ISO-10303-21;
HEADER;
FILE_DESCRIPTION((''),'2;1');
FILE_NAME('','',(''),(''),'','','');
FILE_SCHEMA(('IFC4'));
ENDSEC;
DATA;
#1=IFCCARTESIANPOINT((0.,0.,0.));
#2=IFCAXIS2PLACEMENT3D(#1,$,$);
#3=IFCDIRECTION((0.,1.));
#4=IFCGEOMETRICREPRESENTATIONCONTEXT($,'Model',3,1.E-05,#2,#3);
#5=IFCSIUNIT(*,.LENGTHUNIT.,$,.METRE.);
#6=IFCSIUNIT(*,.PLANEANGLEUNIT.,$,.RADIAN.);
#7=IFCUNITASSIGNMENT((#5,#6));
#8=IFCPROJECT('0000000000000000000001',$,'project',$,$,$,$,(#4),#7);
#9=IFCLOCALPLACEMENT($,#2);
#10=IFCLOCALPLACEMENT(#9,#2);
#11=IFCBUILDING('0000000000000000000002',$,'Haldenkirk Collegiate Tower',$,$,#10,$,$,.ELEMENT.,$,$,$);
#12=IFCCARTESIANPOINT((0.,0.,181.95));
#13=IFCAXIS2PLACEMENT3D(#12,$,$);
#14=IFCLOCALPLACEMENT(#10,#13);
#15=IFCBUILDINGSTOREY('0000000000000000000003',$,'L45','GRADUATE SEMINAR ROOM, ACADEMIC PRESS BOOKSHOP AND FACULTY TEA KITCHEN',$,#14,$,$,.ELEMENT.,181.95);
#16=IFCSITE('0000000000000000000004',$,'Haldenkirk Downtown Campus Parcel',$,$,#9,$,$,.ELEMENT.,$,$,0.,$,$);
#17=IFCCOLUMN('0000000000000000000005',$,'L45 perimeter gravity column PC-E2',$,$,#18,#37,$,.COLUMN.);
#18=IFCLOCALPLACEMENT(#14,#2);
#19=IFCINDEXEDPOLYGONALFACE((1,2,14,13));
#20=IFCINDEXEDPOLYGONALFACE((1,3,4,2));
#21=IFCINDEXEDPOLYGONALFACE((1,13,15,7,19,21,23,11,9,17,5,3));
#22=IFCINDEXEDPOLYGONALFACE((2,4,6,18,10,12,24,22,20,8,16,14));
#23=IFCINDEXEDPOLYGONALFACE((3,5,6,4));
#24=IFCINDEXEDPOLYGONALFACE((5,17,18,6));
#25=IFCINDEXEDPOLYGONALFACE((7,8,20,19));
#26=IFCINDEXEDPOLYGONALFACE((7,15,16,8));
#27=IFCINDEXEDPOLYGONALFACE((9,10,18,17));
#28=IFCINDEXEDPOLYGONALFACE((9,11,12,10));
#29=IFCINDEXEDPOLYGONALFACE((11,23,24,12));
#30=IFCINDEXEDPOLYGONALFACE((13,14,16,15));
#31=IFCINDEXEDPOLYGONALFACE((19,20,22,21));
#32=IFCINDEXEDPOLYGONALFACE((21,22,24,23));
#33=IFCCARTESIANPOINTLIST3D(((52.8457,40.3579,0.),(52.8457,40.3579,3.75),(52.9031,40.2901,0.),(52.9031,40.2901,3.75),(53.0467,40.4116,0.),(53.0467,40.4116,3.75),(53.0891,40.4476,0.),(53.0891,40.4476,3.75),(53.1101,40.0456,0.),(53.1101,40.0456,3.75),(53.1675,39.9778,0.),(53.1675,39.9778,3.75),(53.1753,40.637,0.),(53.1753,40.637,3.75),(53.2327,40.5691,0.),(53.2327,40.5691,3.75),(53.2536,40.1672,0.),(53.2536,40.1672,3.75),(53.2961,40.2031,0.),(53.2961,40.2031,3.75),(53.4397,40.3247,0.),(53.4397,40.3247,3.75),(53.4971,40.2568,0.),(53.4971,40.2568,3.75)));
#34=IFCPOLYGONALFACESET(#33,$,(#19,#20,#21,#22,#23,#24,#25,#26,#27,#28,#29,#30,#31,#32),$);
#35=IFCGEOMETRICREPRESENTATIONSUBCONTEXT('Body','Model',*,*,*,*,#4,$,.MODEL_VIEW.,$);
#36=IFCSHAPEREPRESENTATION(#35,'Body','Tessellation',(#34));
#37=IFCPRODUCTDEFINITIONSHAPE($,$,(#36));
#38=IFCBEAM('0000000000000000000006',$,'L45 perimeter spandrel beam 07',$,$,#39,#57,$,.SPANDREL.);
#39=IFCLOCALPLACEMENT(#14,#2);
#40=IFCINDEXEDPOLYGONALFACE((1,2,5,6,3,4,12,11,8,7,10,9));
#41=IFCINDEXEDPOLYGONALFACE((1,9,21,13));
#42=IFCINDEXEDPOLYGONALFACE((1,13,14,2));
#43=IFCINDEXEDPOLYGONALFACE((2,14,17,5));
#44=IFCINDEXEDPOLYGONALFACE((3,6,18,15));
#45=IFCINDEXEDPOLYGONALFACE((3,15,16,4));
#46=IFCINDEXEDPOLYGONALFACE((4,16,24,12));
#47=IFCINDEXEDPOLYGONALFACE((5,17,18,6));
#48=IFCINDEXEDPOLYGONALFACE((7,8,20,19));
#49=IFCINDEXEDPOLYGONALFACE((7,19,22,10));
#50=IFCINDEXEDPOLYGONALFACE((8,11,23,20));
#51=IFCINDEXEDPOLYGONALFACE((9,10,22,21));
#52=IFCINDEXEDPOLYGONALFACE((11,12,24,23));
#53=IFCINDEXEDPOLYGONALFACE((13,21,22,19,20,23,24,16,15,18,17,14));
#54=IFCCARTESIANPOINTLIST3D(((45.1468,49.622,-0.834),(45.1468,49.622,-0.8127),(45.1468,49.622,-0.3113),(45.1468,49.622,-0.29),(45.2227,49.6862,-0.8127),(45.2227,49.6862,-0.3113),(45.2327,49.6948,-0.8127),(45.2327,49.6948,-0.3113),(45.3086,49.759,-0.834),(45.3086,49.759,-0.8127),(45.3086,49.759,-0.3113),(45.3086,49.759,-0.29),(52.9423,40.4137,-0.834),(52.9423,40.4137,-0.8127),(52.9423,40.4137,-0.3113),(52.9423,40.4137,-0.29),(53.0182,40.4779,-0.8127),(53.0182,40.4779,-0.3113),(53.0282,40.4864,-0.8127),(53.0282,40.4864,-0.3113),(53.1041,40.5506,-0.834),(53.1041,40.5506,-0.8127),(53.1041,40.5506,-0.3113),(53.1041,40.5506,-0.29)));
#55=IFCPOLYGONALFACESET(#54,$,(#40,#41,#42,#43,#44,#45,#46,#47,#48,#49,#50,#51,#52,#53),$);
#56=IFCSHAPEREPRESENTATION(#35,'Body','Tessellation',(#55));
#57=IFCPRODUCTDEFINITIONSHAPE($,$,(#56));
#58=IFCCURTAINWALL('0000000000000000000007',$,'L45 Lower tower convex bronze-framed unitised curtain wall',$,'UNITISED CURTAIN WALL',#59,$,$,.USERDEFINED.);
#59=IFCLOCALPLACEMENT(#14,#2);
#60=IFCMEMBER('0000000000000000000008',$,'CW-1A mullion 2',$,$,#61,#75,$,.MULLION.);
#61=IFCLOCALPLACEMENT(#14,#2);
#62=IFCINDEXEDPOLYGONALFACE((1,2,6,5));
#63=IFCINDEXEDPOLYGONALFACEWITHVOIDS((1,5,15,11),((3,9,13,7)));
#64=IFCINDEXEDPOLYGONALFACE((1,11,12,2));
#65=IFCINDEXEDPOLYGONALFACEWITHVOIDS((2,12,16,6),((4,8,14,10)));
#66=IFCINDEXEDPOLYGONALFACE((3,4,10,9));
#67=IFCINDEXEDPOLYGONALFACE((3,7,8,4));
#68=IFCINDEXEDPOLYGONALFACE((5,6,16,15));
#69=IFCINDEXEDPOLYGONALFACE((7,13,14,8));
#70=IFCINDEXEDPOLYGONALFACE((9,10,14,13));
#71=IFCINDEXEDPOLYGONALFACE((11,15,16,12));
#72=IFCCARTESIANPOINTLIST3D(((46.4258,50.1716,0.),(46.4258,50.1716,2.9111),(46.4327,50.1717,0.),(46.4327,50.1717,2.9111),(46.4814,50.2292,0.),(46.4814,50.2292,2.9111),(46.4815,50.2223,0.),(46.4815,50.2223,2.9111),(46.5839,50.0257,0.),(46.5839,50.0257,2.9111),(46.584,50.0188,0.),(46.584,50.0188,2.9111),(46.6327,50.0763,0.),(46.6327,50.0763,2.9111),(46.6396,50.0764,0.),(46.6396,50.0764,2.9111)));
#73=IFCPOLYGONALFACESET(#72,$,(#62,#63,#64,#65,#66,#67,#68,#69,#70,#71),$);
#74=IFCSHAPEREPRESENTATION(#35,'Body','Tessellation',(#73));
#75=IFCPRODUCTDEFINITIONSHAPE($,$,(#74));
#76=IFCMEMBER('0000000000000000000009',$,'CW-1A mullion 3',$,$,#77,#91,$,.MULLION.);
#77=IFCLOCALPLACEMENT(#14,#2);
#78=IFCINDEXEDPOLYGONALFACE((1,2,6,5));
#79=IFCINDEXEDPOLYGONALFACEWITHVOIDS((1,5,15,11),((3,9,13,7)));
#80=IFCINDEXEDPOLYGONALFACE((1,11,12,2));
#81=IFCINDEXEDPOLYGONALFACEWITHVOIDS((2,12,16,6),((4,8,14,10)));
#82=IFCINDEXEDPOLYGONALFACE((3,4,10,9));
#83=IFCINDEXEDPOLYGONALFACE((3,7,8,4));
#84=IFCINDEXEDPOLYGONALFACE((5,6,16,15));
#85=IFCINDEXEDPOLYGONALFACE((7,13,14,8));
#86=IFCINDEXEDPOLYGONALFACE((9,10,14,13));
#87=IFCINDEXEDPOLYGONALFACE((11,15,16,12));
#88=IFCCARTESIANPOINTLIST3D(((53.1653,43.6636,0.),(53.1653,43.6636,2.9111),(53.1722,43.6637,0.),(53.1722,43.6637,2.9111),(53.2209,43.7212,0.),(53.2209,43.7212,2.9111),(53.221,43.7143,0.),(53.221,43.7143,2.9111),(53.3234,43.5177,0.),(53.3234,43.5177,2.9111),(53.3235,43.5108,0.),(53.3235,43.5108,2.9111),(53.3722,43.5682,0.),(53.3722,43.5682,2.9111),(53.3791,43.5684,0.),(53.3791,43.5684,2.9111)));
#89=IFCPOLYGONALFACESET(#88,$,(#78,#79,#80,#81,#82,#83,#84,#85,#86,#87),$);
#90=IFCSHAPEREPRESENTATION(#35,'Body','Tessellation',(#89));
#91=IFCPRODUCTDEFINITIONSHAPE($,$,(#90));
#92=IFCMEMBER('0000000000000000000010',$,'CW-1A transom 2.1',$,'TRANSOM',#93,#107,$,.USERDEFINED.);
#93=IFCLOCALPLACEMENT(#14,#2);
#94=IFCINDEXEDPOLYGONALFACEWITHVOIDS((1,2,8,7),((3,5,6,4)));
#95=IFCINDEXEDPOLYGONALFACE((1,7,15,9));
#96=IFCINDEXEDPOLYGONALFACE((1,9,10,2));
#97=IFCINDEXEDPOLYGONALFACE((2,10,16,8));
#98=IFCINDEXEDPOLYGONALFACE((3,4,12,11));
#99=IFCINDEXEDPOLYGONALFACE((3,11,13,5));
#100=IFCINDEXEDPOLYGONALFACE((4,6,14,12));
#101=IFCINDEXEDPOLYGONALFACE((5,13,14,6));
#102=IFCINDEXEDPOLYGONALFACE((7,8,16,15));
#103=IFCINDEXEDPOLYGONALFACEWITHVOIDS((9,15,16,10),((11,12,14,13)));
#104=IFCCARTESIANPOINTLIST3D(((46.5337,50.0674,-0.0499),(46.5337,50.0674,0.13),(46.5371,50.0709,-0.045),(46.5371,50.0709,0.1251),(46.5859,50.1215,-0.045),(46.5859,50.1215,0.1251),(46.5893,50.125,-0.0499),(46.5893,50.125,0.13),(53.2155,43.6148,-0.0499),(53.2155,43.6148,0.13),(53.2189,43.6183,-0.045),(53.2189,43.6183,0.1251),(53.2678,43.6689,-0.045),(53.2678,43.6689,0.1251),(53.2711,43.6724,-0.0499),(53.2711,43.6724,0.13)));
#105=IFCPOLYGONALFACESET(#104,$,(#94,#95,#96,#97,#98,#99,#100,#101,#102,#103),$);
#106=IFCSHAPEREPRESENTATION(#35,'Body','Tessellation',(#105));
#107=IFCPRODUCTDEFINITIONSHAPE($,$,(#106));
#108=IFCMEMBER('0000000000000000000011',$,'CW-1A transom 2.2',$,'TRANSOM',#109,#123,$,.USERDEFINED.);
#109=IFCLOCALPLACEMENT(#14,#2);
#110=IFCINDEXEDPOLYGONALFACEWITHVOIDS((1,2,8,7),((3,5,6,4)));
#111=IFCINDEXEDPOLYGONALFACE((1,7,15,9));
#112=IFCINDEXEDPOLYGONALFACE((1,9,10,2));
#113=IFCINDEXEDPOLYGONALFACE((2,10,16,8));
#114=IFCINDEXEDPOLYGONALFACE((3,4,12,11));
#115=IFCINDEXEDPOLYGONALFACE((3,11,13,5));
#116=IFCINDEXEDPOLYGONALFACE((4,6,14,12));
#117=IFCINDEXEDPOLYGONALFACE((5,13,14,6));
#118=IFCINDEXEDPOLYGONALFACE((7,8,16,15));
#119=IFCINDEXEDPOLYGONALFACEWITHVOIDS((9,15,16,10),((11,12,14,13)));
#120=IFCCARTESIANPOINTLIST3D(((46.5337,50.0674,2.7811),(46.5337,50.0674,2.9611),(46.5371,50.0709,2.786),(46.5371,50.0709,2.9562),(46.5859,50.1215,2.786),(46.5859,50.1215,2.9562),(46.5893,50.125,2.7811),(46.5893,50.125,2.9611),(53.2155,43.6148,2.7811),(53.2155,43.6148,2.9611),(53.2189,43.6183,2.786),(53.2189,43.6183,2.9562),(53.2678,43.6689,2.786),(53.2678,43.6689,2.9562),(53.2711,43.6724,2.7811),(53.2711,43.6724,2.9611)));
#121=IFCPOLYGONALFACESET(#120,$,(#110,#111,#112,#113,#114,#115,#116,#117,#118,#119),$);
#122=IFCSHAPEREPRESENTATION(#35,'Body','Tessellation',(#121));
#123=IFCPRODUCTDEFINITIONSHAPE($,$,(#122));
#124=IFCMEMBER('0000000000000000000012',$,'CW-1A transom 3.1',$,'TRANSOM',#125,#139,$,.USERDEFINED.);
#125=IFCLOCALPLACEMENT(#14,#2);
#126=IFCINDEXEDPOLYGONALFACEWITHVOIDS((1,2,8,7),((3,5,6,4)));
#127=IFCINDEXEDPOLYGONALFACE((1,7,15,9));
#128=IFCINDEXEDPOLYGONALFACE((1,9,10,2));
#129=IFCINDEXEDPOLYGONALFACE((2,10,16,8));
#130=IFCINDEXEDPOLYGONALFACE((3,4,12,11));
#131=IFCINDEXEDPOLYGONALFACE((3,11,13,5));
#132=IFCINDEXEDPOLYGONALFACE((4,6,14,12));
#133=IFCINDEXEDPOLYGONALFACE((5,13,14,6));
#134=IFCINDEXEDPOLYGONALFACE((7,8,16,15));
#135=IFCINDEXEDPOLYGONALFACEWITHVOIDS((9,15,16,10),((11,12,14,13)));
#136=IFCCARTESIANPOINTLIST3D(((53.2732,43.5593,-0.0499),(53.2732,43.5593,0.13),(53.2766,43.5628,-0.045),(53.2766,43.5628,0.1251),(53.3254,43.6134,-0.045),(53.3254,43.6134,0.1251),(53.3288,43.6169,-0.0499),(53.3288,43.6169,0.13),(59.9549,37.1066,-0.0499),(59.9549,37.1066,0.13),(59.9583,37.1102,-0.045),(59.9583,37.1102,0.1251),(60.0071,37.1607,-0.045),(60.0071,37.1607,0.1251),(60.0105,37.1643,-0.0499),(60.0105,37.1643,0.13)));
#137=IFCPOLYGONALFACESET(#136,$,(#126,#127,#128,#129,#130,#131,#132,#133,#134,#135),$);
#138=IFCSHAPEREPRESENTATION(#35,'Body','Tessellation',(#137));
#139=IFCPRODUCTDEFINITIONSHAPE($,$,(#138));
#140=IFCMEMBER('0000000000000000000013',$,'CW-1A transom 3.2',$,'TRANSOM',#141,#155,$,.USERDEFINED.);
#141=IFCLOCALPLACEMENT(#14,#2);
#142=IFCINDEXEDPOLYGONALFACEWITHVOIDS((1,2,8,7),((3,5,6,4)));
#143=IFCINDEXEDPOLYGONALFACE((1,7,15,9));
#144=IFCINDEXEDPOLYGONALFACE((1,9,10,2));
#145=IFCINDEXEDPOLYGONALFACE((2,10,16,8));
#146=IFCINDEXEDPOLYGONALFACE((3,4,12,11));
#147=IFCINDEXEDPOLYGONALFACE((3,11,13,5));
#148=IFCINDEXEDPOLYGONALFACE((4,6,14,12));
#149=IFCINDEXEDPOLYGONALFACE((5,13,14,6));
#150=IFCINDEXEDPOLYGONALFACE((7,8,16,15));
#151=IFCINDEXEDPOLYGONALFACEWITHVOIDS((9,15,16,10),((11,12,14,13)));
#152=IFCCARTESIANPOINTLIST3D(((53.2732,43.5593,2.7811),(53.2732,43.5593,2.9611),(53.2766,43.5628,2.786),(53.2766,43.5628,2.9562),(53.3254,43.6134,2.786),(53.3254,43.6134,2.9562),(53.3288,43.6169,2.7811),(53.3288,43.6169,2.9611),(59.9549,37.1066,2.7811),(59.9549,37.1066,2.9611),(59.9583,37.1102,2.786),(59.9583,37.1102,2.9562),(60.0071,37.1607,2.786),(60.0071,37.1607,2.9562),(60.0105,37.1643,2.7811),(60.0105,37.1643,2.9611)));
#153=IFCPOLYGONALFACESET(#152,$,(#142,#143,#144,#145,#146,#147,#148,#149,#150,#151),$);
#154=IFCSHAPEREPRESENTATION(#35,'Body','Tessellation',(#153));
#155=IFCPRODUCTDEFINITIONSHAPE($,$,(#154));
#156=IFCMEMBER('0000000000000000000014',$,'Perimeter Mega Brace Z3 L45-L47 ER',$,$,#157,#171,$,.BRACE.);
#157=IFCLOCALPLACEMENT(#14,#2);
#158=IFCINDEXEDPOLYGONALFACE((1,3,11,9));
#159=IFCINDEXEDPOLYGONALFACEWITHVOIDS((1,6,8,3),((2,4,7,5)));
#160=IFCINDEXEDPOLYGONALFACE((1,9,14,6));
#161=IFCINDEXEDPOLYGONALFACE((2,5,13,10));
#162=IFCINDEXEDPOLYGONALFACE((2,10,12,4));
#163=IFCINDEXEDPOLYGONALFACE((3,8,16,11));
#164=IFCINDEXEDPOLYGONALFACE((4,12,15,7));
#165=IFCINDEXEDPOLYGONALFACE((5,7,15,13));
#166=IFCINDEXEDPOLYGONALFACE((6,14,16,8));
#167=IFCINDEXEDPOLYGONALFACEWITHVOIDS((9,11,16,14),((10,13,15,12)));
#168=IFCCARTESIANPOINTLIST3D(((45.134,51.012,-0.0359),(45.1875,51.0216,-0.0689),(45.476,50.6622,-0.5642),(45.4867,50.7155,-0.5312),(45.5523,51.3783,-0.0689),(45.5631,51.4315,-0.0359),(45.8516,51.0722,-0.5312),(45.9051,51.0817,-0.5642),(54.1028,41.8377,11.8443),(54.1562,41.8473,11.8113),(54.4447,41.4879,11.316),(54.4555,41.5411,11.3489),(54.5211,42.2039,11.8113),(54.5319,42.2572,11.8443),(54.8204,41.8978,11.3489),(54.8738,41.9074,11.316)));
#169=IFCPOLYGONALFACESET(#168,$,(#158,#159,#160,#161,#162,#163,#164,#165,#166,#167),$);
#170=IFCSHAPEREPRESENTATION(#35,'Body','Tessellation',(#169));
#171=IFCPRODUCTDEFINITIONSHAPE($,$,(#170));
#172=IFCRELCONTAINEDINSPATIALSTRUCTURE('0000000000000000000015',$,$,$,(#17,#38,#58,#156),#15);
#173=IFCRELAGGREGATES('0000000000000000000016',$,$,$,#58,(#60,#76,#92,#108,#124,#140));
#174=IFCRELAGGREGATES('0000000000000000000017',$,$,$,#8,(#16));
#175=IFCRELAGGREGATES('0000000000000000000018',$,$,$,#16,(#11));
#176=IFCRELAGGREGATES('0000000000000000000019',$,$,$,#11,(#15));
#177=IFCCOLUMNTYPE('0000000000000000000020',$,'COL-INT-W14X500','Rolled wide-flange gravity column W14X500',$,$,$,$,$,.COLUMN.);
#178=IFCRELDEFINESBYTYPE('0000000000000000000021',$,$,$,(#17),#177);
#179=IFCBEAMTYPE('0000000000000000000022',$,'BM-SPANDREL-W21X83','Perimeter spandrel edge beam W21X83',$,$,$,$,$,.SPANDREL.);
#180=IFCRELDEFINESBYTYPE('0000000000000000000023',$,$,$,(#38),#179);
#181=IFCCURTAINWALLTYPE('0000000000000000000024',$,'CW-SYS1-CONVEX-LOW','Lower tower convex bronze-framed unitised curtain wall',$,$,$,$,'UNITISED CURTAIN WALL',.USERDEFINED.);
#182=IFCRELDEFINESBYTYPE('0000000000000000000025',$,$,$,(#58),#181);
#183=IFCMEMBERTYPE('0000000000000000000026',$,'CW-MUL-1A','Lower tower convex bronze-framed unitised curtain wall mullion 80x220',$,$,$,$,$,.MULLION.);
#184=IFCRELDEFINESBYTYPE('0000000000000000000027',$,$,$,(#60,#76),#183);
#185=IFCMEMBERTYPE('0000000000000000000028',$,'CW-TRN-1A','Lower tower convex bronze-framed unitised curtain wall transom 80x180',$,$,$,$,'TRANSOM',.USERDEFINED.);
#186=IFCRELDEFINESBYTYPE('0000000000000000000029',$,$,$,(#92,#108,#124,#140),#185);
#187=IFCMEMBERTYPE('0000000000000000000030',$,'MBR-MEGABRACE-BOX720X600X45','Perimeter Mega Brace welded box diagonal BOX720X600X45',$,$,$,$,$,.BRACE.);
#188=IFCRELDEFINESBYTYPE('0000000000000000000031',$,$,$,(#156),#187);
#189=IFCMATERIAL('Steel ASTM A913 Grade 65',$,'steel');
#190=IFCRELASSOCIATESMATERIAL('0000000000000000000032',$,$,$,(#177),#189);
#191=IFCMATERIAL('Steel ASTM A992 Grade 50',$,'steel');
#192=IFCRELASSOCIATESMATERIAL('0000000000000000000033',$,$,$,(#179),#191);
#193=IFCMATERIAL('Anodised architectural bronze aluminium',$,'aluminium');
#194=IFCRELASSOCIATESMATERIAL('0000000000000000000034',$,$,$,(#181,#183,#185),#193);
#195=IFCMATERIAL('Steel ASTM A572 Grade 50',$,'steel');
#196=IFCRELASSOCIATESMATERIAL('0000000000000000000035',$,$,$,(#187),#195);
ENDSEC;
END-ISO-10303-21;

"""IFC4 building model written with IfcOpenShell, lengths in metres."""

from ifc_helpers import new_model, si_unit, direction, frame, origin, origin_2d, place, context, subcontext, project, spatial, hollow_rectangle, i_section, extrude, material, material_profile, profile_set, type_object, element, aggregate, save


model = new_model("IFC4")

# Units and contexts
model_context = context("Model", 3, precision=1e-05, world=origin(), true_north=direction((0.0, 1.0)))
body_context = subcontext(model_context, "Body", "Model", "MODEL_VIEW")
ifc_project = project(units=[si_unit("LENGTHUNIT", "METRE"), si_unit("PLANEANGLEUNIT", "RADIAN")], contexts=[model_context])

# Site, building, storey
site_placement = place(None, origin())
site = spatial("IfcSite", under=ifc_project, at=site_placement, Name="Haldenkirk Downtown Campus Parcel", CompositionType="ELEMENT", RefElevation=0.0)
building_placement = place(site_placement, origin())
building = spatial("IfcBuilding", under=site, at=building_placement, Name="Haldenkirk Collegiate Tower", CompositionType="ELEMENT")
storey_placement = place(building_placement, frame((0.0, 0.0, 181.95)))
storey = spatial("IfcBuildingStorey", under=building, at=storey_placement, Name="L45", Description="GRADUATE SEMINAR ROOM, ACADEMIC PRESS BOOKSHOP AND FACULTY TEA KITCHEN", CompositionType="ELEMENT", Elevation=181.95)

# Column
ifc_material_1 = material(Name="Steel ASTM A913 Grade 65", Category="steel")
ifc_material_profile_1 = material_profile(ifc_material_1, i_section(OverallWidth=0.4319, OverallDepth=0.498, WebThickness=0.0557, FlangeThickness=0.0889, at=origin_2d()), Name="W14X500")
ifc_profile_set_1 = profile_set([ifc_material_profile_1], Name="Steel ASTM A913 Grade 65")
column_type = type_object("IfcColumnType", Name="COL-INT-W14X500", Description="Rolled wide-flange gravity column W14X500", PredefinedType="COLUMN", material=ifc_profile_set_1)
column_placement = place(storey_placement, frame((53.1714, 40.3074, 0.0), z_axis=(0.0, 0.0, 1.0), x_axis=(0.763232, 0.646124, 0.0)))
element("IfcColumn", 1, at=column_placement, inside=storey, type_object=column_type, Name="L45 perimeter gravity column PC-E2", PredefinedType="COLUMN", context=body_context, shape_type="SweptSolid", body=[
    extrude(i_section(OverallWidth=0.4319, OverallDepth=0.498, WebThickness=0.0557, FlangeThickness=0.0889, at=origin_2d()), origin(), (0.0, 0.0, 1.0), 3.75),
])

# Beam
ifc_material_2 = material(Name="Steel ASTM A992 Grade 50", Category="steel")
ifc_material_profile_2 = material_profile(ifc_material_2, i_section(OverallWidth=0.2119, OverallDepth=0.5439, WebThickness=0.0132, FlangeThickness=0.0212, at=origin_2d()), Name="W21X83")
ifc_profile_set_2 = profile_set([ifc_material_profile_2], Name="Steel ASTM A992 Grade 50")
beam_type = type_object("IfcBeamType", Name="BM-SPANDREL-W21X83", Description="Perimeter spandrel edge beam W21X83", PredefinedType="SPANDREL", material=ifc_profile_set_2)
beam_placement = place(storey_placement, frame((53.0232, 40.4822, -0.562), z_axis=(-0.646126, 0.76323, 0.0), x_axis=(-0.76323, -0.646126, 0.0)))
element("IfcBeam", 2, at=beam_placement, inside=storey, type_object=beam_type, Name="L45 perimeter spandrel beam 07", PredefinedType="SPANDREL", context=body_context, shape_type="SweptSolid", body=[
    extrude(i_section(OverallWidth=0.2119, OverallDepth=0.5439, WebThickness=0.0132, FlangeThickness=0.0212, at=origin_2d()), origin(), (0.0, 0.0, 1.0), 12.0649),
])

# Curtain wall, members
ifc_material_3 = material(Name="Anodised architectural bronze aluminium", Category="aluminium")
curtain_wall_type = type_object("IfcCurtainWallType", Name="CW-SYS1-CONVEX-LOW", Description="Lower tower convex bronze-framed unitised curtain wall", ElementType="UNITISED CURTAIN WALL", PredefinedType="USERDEFINED", material=ifc_material_3)
curtain_wall_placement = place(storey_placement, origin())
curtain_wall = element("IfcCurtainWall", 3, at=curtain_wall_placement, inside=storey, type_object=curtain_wall_type, Name="L45 Lower tower convex bronze-framed unitised curtain wall", ObjectType="UNITISED CURTAIN WALL", PredefinedType="USERDEFINED")
ifc_material_profile_3 = material_profile(ifc_material_3, hollow_rectangle(XDim=0.0801, YDim=0.22, WallThickness=0.0049, at=origin_2d()), Name="CW-MUL-1A")
ifc_profile_set_3 = profile_set([ifc_material_profile_3], Name="Anodised architectural bronze aluminium")
member_type_1 = type_object("IfcMemberType", Name="CW-MUL-1A", Description="Lower tower convex bronze-framed unitised curtain wall mullion 80x220", PredefinedType="MULLION", material=ifc_profile_set_3)
member_1_placement = place(storey_placement, frame((46.5327, 50.124, 0.0), z_axis=(0.0, 0.0, 1.0), x_axis=(0.694658, 0.719341, 0.0)))
member_1 = element("IfcMember", 4, at=member_1_placement, type_object=member_type_1, Name="CW-1A mullion 2", PredefinedType="MULLION", context=body_context, shape_type="SweptSolid", body=[
    extrude(hollow_rectangle(XDim=0.0801, YDim=0.22, WallThickness=0.0049, at=origin_2d()), origin(), (0.0, 0.0, 1.0), 2.9111),
])
member_2_placement = place(storey_placement, frame((53.2722, 43.616, 0.0), z_axis=(0.0, 0.0, 1.0), x_axis=(0.694658, 0.719341, 0.0)))
member_2 = element("IfcMember", 5, at=member_2_placement, type_object=member_type_1, Name="CW-1A mullion 3", PredefinedType="MULLION", context=body_context, shape_type="SweptSolid", body=[
    extrude(hollow_rectangle(XDim=0.0801, YDim=0.22, WallThickness=0.0049, at=origin_2d()), origin(), (0.0, 0.0, 1.0), 2.9111),
])
ifc_material_profile_4 = material_profile(ifc_material_3, hollow_rectangle(XDim=0.0801, YDim=0.1799, WallThickness=0.0049, at=origin_2d()), Name="CW-TRN-1A")
ifc_profile_set_4 = profile_set([ifc_material_profile_4], Name="Anodised architectural bronze aluminium")
member_type_2 = type_object("IfcMemberType", Name="CW-TRN-1A", Description="Lower tower convex bronze-framed unitised curtain wall transom 80x180", ElementType="TRANSOM", PredefinedType="USERDEFINED", material=ifc_profile_set_4)
member_3_placement = place(storey_placement, frame((46.5615, 50.0962, 0.04), z_axis=(0.719339, -0.694659, 0.0), x_axis=(0.694659, 0.719339, 0.0)))
member_3 = element("IfcMember", 6, at=member_3_placement, type_object=member_type_2, Name="CW-1A transom 2.1", ObjectType="TRANSOM", PredefinedType="USERDEFINED", context=body_context, shape_type="SweptSolid", body=[
    extrude(hollow_rectangle(XDim=0.0801, YDim=0.1799, WallThickness=0.0049, at=origin_2d()), origin(), (0.0, 0.0, 1.0), 9.2888),
])
member_4_placement = place(storey_placement, frame((46.5615, 50.0962, 2.8711), z_axis=(0.719339, -0.694659, 0.0), x_axis=(0.694659, 0.719339, 0.0)))
member_4 = element("IfcMember", 7, at=member_4_placement, type_object=member_type_2, Name="CW-1A transom 2.2", ObjectType="TRANSOM", PredefinedType="USERDEFINED", context=body_context, shape_type="SweptSolid", body=[
    extrude(hollow_rectangle(XDim=0.0801, YDim=0.1799, WallThickness=0.0049, at=origin_2d()), origin(), (0.0, 0.0, 1.0), 9.2888),
])
member_5_placement = place(storey_placement, frame((53.301, 43.5881, 0.04), z_axis=(0.719326, -0.694672, 0.0), x_axis=(0.694672, 0.719326, 0.0)))
member_5 = element("IfcMember", 8, at=member_5_placement, type_object=member_type_2, Name="CW-1A transom 3.1", ObjectType="TRANSOM", PredefinedType="USERDEFINED", context=body_context, shape_type="SweptSolid", body=[
    extrude(hollow_rectangle(XDim=0.0801, YDim=0.1799, WallThickness=0.0049, at=origin_2d()), origin(), (0.0, 0.0, 1.0), 9.2888),
])
member_6_placement = place(storey_placement, frame((53.301, 43.5881, 2.8711), z_axis=(0.719326, -0.694672, 0.0), x_axis=(0.694672, 0.719326, 0.0)))
member_6 = element("IfcMember", 9, at=member_6_placement, type_object=member_type_2, Name="CW-1A transom 3.2", ObjectType="TRANSOM", PredefinedType="USERDEFINED", context=body_context, shape_type="SweptSolid", body=[
    extrude(hollow_rectangle(XDim=0.0801, YDim=0.1799, WallThickness=0.0049, at=origin_2d()), origin(), (0.0, 0.0, 1.0), 9.2888),
])

# Member
ifc_material_4 = material(Name="Steel ASTM A572 Grade 50", Category="steel")
ifc_material_profile_5 = material_profile(ifc_material_4, hollow_rectangle(XDim=0.6001, YDim=0.72, WallThickness=0.0449, at=origin_2d()), Name="BOX720X600X45")
ifc_profile_set_5 = profile_set([ifc_material_profile_5], Name="Steel ASTM A572 Grade 50")
member_type_3 = type_object("IfcMemberType", Name="MBR-MEGABRACE-BOX720X600X45", Description="Perimeter Mega Brace welded box diagonal BOX720X600X45", PredefinedType="BRACE", material=ifc_profile_set_5)
member_7_placement = place(storey_placement, frame((45.5195, 51.0469, -0.3), z_axis=(0.512924, -0.52468, 0.679426), x_axis=(0.715073, 0.69905, 0.0)))
element("IfcMember", 10, at=member_7_placement, inside=storey, type_object=member_type_3, Name="Perimeter Mega Brace Z3 L45-L47 ER", PredefinedType="BRACE", context=body_context, shape_type="SweptSolid", body=[
    extrude(hollow_rectangle(XDim=0.6001, YDim=0.72, WallThickness=0.0449, at=origin_2d()), origin(), (0.0, 0.0, 1.0), 17.4856),
])

aggregate(curtain_wall, [member_1, member_2, member_3, member_4, member_5, member_6])

save(model, "model.ifc")
